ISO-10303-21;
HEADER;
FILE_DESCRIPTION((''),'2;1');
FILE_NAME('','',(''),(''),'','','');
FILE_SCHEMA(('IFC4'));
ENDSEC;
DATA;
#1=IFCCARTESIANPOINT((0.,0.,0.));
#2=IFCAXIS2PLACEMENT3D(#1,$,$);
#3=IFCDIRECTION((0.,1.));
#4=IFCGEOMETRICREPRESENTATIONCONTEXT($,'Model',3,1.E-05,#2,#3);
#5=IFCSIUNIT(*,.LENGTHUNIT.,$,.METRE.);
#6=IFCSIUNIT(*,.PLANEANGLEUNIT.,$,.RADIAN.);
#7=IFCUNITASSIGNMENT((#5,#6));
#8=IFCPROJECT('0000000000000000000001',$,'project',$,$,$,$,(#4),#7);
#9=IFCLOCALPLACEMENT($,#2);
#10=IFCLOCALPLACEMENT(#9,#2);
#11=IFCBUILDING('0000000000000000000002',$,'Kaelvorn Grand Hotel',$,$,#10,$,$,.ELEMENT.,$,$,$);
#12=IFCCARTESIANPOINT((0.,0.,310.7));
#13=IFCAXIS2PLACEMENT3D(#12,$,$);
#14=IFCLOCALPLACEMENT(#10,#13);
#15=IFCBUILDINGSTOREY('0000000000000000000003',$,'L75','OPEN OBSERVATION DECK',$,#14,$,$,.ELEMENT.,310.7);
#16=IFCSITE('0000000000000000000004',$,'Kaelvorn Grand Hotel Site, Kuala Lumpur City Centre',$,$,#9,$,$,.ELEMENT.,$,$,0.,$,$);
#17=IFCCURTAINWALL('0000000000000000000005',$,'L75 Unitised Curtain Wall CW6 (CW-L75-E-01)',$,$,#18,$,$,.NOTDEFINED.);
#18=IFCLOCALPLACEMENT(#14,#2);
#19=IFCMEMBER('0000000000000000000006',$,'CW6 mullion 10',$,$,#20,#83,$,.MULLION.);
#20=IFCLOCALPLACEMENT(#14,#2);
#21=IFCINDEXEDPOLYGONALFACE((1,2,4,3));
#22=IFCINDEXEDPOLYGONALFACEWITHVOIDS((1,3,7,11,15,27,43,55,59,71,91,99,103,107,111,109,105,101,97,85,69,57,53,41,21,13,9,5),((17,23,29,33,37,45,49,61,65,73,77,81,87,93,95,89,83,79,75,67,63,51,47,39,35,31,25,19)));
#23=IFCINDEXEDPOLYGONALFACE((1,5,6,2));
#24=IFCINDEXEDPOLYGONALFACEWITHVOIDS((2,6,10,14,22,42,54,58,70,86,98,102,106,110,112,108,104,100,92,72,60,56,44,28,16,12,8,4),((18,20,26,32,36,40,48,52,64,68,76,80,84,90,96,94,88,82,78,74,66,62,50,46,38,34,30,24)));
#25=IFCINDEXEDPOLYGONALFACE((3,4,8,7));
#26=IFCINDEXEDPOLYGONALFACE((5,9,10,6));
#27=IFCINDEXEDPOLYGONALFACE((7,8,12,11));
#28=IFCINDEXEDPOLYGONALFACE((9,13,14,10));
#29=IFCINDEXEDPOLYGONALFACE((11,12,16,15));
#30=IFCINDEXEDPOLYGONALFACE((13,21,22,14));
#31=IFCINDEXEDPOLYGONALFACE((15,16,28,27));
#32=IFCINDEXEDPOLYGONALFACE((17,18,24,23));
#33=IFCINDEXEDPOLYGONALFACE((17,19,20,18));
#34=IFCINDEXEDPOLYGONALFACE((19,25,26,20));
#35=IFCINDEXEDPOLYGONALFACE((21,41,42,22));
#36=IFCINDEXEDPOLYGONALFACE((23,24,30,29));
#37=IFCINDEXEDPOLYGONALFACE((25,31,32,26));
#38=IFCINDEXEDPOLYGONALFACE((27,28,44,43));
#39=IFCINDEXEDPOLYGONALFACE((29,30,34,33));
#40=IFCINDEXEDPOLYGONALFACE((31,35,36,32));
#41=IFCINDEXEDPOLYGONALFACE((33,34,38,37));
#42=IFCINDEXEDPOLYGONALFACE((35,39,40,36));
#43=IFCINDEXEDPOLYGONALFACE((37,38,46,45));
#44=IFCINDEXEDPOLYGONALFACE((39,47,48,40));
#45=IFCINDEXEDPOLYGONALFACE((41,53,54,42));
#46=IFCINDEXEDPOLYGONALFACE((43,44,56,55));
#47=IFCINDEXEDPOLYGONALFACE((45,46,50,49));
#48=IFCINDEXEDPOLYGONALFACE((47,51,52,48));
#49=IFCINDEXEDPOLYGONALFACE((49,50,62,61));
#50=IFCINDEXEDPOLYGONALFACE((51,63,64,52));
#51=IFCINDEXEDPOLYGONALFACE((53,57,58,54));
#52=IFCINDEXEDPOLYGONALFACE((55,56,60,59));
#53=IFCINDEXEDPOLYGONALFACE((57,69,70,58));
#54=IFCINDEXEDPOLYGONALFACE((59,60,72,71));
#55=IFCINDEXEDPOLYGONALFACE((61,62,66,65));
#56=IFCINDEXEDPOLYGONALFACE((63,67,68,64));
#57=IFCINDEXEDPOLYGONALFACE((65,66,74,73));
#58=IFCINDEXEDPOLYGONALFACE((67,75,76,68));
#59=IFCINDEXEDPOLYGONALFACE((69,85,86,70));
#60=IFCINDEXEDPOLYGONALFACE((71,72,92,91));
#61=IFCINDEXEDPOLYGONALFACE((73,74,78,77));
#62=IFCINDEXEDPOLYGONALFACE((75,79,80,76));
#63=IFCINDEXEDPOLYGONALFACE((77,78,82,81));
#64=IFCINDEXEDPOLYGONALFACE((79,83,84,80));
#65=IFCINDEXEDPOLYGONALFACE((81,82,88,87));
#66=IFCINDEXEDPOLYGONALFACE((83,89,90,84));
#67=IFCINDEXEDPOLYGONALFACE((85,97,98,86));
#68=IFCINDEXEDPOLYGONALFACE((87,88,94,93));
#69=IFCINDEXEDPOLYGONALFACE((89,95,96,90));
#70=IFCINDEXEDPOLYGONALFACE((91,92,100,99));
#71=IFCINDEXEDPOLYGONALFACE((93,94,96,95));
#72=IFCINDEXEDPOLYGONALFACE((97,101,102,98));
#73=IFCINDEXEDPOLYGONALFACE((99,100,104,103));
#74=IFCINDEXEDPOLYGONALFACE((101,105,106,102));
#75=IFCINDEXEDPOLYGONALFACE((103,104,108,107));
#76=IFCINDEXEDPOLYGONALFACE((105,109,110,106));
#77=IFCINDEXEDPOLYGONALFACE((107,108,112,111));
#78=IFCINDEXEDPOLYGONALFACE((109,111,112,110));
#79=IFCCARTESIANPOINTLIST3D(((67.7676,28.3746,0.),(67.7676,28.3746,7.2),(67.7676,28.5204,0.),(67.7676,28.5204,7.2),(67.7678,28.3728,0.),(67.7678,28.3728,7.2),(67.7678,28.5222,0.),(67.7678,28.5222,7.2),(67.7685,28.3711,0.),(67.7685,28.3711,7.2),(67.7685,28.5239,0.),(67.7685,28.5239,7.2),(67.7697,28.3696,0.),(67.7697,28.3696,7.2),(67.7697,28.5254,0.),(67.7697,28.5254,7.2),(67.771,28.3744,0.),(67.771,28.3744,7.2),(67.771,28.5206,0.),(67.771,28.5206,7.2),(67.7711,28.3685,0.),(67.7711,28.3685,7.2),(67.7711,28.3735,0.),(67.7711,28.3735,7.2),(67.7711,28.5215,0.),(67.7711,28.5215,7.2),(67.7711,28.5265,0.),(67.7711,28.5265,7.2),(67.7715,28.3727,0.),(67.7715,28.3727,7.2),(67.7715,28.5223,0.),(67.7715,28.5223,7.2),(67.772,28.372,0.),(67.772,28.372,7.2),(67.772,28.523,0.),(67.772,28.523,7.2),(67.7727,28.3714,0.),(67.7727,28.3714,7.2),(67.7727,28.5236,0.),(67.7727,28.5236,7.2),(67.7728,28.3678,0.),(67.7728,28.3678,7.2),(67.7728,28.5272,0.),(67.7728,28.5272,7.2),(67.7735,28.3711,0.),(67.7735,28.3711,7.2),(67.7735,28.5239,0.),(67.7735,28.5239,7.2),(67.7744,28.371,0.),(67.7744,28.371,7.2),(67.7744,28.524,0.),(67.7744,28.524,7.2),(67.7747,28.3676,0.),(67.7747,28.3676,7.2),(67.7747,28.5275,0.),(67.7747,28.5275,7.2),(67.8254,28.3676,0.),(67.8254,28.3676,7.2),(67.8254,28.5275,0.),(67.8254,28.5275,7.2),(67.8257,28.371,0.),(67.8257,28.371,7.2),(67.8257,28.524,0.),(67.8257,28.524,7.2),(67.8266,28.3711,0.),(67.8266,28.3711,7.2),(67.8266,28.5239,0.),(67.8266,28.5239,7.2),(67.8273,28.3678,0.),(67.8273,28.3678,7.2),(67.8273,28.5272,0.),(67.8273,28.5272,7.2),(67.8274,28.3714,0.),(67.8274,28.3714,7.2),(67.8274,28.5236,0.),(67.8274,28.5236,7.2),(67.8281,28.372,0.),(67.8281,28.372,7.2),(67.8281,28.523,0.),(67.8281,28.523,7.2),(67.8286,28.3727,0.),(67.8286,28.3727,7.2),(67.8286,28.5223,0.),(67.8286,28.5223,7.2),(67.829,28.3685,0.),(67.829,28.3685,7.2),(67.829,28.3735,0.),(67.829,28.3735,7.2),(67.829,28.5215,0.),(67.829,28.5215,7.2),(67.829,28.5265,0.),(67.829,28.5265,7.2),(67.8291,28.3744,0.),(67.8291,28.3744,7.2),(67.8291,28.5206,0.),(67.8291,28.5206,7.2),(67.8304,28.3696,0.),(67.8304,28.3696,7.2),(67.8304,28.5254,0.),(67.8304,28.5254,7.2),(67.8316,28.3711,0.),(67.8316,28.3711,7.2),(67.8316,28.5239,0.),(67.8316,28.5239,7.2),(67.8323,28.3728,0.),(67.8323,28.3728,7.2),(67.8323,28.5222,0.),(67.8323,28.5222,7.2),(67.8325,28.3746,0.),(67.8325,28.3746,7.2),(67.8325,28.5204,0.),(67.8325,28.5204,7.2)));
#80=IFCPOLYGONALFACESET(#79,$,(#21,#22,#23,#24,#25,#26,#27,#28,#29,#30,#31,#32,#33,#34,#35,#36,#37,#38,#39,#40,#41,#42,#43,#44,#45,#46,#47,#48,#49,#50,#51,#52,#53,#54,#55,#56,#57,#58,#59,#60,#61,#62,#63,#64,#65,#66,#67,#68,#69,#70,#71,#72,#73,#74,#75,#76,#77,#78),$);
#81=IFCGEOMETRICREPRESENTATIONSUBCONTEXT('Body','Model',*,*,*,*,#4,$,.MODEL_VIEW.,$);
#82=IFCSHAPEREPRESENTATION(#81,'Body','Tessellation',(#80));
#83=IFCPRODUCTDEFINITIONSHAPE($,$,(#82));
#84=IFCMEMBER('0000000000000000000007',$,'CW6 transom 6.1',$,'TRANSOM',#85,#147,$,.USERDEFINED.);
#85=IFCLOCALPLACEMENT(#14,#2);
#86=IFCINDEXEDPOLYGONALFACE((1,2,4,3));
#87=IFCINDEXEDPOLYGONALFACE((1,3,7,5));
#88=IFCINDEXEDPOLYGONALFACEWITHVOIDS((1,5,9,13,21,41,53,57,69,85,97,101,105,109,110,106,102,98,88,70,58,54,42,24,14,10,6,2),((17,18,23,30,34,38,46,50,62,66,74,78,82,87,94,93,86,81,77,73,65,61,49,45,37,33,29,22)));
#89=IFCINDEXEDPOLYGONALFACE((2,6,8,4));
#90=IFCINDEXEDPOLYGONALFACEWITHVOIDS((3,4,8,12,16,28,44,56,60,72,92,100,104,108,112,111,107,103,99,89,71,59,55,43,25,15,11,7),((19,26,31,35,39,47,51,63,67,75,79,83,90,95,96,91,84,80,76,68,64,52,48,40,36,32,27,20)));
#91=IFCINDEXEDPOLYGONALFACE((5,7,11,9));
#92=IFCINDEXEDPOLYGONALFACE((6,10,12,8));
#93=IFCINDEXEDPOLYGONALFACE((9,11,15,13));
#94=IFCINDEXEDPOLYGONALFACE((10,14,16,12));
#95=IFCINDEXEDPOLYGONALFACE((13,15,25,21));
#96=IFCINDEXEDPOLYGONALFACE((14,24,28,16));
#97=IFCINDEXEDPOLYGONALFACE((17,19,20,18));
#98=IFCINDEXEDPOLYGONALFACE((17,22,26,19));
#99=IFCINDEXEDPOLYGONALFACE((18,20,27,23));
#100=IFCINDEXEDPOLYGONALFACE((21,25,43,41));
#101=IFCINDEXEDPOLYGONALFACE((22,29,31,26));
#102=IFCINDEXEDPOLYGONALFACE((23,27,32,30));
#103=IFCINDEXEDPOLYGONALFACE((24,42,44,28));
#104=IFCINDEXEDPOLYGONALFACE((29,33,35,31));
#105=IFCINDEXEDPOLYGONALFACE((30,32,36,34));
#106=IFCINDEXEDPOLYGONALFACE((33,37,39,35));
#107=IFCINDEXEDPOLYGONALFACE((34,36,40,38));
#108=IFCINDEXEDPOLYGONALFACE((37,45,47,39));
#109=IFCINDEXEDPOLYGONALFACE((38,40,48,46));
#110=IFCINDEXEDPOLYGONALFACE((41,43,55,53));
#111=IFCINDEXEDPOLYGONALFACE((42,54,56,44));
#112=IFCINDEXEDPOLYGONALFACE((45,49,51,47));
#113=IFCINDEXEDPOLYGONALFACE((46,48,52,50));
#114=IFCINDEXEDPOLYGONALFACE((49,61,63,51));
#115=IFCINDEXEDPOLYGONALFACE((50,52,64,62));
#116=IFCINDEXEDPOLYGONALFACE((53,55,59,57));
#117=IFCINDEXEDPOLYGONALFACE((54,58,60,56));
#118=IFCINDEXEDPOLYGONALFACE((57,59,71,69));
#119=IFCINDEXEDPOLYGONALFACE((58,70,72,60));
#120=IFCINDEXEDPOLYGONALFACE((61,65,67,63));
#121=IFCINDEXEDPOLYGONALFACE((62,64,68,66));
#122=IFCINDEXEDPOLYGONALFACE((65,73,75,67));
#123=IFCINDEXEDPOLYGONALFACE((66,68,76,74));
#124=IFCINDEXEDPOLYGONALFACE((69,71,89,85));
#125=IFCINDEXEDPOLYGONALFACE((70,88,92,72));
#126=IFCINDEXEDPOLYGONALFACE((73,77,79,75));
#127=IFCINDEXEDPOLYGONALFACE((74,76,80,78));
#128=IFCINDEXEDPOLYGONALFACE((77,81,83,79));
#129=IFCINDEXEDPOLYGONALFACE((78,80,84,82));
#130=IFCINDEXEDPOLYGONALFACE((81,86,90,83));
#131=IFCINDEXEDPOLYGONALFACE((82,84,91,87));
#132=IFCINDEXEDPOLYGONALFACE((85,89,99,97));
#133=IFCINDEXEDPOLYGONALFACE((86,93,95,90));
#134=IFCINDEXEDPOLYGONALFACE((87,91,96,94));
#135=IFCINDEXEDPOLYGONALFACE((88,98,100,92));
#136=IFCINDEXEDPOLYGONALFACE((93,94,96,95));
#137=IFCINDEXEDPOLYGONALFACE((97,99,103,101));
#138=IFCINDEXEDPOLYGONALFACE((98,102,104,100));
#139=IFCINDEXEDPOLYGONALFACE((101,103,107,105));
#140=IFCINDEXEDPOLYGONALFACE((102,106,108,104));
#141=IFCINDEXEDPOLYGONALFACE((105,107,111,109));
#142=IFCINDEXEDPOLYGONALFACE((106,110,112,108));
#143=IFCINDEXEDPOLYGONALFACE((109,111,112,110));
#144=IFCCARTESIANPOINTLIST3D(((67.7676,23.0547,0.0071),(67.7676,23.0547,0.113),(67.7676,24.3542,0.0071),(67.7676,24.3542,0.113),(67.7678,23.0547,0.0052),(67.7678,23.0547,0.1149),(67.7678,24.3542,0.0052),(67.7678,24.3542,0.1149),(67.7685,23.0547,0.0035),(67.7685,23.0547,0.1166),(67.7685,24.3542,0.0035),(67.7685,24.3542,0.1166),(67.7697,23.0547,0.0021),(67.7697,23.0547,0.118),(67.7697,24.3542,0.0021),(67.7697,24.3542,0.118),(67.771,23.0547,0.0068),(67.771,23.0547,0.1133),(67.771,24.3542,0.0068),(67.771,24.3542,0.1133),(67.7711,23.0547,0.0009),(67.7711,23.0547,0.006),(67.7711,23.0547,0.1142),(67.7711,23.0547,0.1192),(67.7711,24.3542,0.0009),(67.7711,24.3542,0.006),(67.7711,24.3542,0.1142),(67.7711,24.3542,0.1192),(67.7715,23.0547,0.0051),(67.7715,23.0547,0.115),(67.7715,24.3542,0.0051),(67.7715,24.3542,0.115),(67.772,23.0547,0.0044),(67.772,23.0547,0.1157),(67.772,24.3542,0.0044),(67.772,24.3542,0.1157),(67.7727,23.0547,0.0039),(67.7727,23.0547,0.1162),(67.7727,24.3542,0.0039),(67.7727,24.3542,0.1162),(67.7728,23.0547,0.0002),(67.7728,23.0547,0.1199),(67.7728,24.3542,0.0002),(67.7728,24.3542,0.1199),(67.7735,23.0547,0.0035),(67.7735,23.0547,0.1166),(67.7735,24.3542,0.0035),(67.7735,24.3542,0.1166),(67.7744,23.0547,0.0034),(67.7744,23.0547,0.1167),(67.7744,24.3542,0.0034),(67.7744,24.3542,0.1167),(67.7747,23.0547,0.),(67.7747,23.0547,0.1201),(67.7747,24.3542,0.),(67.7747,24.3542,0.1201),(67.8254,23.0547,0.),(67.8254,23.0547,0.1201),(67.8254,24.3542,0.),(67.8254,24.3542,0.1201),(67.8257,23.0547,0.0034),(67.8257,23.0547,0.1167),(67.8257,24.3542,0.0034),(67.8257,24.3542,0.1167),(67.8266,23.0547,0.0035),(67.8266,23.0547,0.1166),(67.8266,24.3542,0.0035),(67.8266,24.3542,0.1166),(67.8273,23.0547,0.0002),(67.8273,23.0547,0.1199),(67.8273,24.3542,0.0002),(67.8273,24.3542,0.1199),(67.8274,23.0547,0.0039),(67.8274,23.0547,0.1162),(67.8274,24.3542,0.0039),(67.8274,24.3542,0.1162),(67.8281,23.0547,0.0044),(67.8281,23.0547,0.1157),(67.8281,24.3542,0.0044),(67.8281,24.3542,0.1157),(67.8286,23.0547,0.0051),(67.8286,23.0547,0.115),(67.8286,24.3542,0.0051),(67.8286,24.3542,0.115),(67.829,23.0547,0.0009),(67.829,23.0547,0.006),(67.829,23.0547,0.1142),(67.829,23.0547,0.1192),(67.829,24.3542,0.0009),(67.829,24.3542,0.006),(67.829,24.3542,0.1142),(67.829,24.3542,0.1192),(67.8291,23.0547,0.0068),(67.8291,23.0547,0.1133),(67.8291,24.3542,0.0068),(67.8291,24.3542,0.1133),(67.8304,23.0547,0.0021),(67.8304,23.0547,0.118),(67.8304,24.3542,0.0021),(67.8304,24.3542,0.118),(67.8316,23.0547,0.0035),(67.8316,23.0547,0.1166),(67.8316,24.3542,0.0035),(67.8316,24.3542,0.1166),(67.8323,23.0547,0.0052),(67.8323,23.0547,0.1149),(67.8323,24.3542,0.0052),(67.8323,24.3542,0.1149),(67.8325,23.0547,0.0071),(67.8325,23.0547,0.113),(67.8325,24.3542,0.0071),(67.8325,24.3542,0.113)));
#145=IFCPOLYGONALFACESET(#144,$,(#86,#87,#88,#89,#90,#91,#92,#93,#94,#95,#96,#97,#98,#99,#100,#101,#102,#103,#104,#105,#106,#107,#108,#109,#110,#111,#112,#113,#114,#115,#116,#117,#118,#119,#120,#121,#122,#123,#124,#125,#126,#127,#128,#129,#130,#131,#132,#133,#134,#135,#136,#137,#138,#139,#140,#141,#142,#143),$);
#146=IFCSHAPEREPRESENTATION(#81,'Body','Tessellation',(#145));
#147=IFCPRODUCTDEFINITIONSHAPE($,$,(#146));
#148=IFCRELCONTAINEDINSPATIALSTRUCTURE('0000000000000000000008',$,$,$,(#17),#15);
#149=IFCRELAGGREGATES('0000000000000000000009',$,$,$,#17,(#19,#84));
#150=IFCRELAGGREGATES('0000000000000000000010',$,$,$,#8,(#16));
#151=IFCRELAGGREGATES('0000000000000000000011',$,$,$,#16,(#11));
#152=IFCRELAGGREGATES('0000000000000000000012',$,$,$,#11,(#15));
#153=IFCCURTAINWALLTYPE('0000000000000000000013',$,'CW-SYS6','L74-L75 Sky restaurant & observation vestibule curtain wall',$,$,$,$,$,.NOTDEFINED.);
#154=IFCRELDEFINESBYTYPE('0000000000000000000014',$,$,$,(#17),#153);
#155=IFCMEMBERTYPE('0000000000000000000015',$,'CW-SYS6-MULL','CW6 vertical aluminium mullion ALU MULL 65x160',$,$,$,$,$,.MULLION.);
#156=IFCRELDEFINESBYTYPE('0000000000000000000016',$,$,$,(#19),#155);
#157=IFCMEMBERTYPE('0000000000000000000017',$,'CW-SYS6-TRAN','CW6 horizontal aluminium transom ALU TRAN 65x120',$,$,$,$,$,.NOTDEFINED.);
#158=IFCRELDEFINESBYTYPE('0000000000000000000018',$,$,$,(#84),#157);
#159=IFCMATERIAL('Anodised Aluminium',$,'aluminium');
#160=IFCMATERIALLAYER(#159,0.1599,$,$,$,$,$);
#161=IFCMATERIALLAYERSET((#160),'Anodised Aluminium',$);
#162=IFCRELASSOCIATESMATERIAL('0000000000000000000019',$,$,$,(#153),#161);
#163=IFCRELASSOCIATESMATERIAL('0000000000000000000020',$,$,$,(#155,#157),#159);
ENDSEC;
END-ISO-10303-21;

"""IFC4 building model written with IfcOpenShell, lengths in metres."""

from ifc_helpers import new_model, si_unit, direction, frame, origin, origin_2d, place, context, subcontext, project, spatial, hollow_rectangle, extrude, material, layer, layer_set, material_profile, profile_set, type_object, element, aggregate, save


model = new_model("IFC4")

# Units and contexts
model_context = context("Model", 3, precision=1e-05, world=origin(), true_north=direction((0.0, 1.0)))
body_context = subcontext(model_context, "Body", "Model", "MODEL_VIEW")
ifc_project = project(units=[si_unit("LENGTHUNIT", "METRE"), si_unit("PLANEANGLEUNIT", "RADIAN")], contexts=[model_context])

# Site, building, storey
site_placement = place(None, origin())
site = spatial("IfcSite", under=ifc_project, at=site_placement, Name="Kaelvorn Grand Hotel Site, Kuala Lumpur City Centre", CompositionType="ELEMENT", RefElevation=0.0)
building_placement = place(site_placement, origin())
building = spatial("IfcBuilding", under=site, at=building_placement, Name="Kaelvorn Grand Hotel", CompositionType="ELEMENT")
storey_placement = place(building_placement, frame((0.0, 0.0, 310.7)))
storey = spatial("IfcBuildingStorey", under=building, at=storey_placement, Name="L75", Description="OPEN OBSERVATION DECK", CompositionType="ELEMENT", Elevation=310.7)

# Curtain wall, members
ifc_material_1 = material(Name="Anodised Aluminium", Category="aluminium")
ifc_layer_1 = layer(ifc_material_1, 0.1599)
ifc_layer_set_1 = layer_set([ifc_layer_1], Name="Anodised Aluminium")
curtain_wall_type = type_object("IfcCurtainWallType", Name="CW-SYS6", Description="L74-L75 Sky restaurant & observation vestibule curtain wall", PredefinedType="NOTDEFINED", material=ifc_layer_set_1)
curtain_wall_placement = place(storey_placement, origin())
curtain_wall = element("IfcCurtainWall", 1, at=curtain_wall_placement, inside=storey, type_object=curtain_wall_type, Name="L75 Unitised Curtain Wall CW6 (CW-L75-E-01)", PredefinedType="NOTDEFINED")
ifc_material_profile_1 = material_profile(ifc_material_1, hollow_rectangle(XDim=0.0649, YDim=0.1599, WallThickness=0.0034, InnerFilletRadius=0.0034, OuterFilletRadius=0.0071, at=origin_2d()), Name="ALU MULL 65x160")
ifc_profile_set_1 = profile_set([ifc_material_profile_1], Name="Anodised Aluminium")
member_type_1 = type_object("IfcMemberType", Name="CW-SYS6-MULL", Description="CW6 vertical aluminium mullion ALU MULL 65x160", PredefinedType="MULLION", material=ifc_profile_set_1)
member_1_placement = place(storey_placement, frame((67.8, 28.4475, 0.0), z_axis=(0.0, 0.0, 1.0), x_axis=(-1.0, 0.0, 0.0)))
member_1 = element("IfcMember", 2, at=member_1_placement, type_object=member_type_1, Name="CW6 mullion 10", PredefinedType="MULLION", context=body_context, shape_type="SweptSolid", body=[
    extrude(hollow_rectangle(XDim=0.0649, YDim=0.1599, WallThickness=0.0034, InnerFilletRadius=0.0034, OuterFilletRadius=0.0071, at=origin_2d()), origin(), (0.0, 0.0, 1.0), 7.2),
])
ifc_material_profile_2 = material_profile(ifc_material_1, hollow_rectangle(XDim=0.0649, YDim=0.1201, WallThickness=0.0034, InnerFilletRadius=0.0034, OuterFilletRadius=0.0071, at=origin_2d()), Name="ALU TRAN 65x120")
ifc_profile_set_2 = profile_set([ifc_material_profile_2], Name="Anodised Aluminium")
member_type_2 = type_object("IfcMemberType", Name="CW-SYS6-TRAN", Description="CW6 horizontal aluminium transom ALU TRAN 65x120", PredefinedType="NOTDEFINED", material=ifc_profile_set_2)
member_2_placement = place(storey_placement, frame((67.8, 23.0547, 0.0601), z_axis=(0.0, 1.0, 0.0), x_axis=(-1.0, 0.0, 0.0)))
member_2 = element("IfcMember", 3, at=member_2_placement, type_object=member_type_2, Name="CW6 transom 6.1", ObjectType="TRANSOM", PredefinedType="USERDEFINED", context=body_context, shape_type="SweptSolid", body=[
    extrude(hollow_rectangle(XDim=0.0649, YDim=0.1201, WallThickness=0.0034, InnerFilletRadius=0.0034, OuterFilletRadius=0.0071, at=origin_2d()), origin(), (0.0, 0.0, 1.0), 1.2996),
])
aggregate(curtain_wall, [member_1, member_2])

save(model, "model.ifc")
